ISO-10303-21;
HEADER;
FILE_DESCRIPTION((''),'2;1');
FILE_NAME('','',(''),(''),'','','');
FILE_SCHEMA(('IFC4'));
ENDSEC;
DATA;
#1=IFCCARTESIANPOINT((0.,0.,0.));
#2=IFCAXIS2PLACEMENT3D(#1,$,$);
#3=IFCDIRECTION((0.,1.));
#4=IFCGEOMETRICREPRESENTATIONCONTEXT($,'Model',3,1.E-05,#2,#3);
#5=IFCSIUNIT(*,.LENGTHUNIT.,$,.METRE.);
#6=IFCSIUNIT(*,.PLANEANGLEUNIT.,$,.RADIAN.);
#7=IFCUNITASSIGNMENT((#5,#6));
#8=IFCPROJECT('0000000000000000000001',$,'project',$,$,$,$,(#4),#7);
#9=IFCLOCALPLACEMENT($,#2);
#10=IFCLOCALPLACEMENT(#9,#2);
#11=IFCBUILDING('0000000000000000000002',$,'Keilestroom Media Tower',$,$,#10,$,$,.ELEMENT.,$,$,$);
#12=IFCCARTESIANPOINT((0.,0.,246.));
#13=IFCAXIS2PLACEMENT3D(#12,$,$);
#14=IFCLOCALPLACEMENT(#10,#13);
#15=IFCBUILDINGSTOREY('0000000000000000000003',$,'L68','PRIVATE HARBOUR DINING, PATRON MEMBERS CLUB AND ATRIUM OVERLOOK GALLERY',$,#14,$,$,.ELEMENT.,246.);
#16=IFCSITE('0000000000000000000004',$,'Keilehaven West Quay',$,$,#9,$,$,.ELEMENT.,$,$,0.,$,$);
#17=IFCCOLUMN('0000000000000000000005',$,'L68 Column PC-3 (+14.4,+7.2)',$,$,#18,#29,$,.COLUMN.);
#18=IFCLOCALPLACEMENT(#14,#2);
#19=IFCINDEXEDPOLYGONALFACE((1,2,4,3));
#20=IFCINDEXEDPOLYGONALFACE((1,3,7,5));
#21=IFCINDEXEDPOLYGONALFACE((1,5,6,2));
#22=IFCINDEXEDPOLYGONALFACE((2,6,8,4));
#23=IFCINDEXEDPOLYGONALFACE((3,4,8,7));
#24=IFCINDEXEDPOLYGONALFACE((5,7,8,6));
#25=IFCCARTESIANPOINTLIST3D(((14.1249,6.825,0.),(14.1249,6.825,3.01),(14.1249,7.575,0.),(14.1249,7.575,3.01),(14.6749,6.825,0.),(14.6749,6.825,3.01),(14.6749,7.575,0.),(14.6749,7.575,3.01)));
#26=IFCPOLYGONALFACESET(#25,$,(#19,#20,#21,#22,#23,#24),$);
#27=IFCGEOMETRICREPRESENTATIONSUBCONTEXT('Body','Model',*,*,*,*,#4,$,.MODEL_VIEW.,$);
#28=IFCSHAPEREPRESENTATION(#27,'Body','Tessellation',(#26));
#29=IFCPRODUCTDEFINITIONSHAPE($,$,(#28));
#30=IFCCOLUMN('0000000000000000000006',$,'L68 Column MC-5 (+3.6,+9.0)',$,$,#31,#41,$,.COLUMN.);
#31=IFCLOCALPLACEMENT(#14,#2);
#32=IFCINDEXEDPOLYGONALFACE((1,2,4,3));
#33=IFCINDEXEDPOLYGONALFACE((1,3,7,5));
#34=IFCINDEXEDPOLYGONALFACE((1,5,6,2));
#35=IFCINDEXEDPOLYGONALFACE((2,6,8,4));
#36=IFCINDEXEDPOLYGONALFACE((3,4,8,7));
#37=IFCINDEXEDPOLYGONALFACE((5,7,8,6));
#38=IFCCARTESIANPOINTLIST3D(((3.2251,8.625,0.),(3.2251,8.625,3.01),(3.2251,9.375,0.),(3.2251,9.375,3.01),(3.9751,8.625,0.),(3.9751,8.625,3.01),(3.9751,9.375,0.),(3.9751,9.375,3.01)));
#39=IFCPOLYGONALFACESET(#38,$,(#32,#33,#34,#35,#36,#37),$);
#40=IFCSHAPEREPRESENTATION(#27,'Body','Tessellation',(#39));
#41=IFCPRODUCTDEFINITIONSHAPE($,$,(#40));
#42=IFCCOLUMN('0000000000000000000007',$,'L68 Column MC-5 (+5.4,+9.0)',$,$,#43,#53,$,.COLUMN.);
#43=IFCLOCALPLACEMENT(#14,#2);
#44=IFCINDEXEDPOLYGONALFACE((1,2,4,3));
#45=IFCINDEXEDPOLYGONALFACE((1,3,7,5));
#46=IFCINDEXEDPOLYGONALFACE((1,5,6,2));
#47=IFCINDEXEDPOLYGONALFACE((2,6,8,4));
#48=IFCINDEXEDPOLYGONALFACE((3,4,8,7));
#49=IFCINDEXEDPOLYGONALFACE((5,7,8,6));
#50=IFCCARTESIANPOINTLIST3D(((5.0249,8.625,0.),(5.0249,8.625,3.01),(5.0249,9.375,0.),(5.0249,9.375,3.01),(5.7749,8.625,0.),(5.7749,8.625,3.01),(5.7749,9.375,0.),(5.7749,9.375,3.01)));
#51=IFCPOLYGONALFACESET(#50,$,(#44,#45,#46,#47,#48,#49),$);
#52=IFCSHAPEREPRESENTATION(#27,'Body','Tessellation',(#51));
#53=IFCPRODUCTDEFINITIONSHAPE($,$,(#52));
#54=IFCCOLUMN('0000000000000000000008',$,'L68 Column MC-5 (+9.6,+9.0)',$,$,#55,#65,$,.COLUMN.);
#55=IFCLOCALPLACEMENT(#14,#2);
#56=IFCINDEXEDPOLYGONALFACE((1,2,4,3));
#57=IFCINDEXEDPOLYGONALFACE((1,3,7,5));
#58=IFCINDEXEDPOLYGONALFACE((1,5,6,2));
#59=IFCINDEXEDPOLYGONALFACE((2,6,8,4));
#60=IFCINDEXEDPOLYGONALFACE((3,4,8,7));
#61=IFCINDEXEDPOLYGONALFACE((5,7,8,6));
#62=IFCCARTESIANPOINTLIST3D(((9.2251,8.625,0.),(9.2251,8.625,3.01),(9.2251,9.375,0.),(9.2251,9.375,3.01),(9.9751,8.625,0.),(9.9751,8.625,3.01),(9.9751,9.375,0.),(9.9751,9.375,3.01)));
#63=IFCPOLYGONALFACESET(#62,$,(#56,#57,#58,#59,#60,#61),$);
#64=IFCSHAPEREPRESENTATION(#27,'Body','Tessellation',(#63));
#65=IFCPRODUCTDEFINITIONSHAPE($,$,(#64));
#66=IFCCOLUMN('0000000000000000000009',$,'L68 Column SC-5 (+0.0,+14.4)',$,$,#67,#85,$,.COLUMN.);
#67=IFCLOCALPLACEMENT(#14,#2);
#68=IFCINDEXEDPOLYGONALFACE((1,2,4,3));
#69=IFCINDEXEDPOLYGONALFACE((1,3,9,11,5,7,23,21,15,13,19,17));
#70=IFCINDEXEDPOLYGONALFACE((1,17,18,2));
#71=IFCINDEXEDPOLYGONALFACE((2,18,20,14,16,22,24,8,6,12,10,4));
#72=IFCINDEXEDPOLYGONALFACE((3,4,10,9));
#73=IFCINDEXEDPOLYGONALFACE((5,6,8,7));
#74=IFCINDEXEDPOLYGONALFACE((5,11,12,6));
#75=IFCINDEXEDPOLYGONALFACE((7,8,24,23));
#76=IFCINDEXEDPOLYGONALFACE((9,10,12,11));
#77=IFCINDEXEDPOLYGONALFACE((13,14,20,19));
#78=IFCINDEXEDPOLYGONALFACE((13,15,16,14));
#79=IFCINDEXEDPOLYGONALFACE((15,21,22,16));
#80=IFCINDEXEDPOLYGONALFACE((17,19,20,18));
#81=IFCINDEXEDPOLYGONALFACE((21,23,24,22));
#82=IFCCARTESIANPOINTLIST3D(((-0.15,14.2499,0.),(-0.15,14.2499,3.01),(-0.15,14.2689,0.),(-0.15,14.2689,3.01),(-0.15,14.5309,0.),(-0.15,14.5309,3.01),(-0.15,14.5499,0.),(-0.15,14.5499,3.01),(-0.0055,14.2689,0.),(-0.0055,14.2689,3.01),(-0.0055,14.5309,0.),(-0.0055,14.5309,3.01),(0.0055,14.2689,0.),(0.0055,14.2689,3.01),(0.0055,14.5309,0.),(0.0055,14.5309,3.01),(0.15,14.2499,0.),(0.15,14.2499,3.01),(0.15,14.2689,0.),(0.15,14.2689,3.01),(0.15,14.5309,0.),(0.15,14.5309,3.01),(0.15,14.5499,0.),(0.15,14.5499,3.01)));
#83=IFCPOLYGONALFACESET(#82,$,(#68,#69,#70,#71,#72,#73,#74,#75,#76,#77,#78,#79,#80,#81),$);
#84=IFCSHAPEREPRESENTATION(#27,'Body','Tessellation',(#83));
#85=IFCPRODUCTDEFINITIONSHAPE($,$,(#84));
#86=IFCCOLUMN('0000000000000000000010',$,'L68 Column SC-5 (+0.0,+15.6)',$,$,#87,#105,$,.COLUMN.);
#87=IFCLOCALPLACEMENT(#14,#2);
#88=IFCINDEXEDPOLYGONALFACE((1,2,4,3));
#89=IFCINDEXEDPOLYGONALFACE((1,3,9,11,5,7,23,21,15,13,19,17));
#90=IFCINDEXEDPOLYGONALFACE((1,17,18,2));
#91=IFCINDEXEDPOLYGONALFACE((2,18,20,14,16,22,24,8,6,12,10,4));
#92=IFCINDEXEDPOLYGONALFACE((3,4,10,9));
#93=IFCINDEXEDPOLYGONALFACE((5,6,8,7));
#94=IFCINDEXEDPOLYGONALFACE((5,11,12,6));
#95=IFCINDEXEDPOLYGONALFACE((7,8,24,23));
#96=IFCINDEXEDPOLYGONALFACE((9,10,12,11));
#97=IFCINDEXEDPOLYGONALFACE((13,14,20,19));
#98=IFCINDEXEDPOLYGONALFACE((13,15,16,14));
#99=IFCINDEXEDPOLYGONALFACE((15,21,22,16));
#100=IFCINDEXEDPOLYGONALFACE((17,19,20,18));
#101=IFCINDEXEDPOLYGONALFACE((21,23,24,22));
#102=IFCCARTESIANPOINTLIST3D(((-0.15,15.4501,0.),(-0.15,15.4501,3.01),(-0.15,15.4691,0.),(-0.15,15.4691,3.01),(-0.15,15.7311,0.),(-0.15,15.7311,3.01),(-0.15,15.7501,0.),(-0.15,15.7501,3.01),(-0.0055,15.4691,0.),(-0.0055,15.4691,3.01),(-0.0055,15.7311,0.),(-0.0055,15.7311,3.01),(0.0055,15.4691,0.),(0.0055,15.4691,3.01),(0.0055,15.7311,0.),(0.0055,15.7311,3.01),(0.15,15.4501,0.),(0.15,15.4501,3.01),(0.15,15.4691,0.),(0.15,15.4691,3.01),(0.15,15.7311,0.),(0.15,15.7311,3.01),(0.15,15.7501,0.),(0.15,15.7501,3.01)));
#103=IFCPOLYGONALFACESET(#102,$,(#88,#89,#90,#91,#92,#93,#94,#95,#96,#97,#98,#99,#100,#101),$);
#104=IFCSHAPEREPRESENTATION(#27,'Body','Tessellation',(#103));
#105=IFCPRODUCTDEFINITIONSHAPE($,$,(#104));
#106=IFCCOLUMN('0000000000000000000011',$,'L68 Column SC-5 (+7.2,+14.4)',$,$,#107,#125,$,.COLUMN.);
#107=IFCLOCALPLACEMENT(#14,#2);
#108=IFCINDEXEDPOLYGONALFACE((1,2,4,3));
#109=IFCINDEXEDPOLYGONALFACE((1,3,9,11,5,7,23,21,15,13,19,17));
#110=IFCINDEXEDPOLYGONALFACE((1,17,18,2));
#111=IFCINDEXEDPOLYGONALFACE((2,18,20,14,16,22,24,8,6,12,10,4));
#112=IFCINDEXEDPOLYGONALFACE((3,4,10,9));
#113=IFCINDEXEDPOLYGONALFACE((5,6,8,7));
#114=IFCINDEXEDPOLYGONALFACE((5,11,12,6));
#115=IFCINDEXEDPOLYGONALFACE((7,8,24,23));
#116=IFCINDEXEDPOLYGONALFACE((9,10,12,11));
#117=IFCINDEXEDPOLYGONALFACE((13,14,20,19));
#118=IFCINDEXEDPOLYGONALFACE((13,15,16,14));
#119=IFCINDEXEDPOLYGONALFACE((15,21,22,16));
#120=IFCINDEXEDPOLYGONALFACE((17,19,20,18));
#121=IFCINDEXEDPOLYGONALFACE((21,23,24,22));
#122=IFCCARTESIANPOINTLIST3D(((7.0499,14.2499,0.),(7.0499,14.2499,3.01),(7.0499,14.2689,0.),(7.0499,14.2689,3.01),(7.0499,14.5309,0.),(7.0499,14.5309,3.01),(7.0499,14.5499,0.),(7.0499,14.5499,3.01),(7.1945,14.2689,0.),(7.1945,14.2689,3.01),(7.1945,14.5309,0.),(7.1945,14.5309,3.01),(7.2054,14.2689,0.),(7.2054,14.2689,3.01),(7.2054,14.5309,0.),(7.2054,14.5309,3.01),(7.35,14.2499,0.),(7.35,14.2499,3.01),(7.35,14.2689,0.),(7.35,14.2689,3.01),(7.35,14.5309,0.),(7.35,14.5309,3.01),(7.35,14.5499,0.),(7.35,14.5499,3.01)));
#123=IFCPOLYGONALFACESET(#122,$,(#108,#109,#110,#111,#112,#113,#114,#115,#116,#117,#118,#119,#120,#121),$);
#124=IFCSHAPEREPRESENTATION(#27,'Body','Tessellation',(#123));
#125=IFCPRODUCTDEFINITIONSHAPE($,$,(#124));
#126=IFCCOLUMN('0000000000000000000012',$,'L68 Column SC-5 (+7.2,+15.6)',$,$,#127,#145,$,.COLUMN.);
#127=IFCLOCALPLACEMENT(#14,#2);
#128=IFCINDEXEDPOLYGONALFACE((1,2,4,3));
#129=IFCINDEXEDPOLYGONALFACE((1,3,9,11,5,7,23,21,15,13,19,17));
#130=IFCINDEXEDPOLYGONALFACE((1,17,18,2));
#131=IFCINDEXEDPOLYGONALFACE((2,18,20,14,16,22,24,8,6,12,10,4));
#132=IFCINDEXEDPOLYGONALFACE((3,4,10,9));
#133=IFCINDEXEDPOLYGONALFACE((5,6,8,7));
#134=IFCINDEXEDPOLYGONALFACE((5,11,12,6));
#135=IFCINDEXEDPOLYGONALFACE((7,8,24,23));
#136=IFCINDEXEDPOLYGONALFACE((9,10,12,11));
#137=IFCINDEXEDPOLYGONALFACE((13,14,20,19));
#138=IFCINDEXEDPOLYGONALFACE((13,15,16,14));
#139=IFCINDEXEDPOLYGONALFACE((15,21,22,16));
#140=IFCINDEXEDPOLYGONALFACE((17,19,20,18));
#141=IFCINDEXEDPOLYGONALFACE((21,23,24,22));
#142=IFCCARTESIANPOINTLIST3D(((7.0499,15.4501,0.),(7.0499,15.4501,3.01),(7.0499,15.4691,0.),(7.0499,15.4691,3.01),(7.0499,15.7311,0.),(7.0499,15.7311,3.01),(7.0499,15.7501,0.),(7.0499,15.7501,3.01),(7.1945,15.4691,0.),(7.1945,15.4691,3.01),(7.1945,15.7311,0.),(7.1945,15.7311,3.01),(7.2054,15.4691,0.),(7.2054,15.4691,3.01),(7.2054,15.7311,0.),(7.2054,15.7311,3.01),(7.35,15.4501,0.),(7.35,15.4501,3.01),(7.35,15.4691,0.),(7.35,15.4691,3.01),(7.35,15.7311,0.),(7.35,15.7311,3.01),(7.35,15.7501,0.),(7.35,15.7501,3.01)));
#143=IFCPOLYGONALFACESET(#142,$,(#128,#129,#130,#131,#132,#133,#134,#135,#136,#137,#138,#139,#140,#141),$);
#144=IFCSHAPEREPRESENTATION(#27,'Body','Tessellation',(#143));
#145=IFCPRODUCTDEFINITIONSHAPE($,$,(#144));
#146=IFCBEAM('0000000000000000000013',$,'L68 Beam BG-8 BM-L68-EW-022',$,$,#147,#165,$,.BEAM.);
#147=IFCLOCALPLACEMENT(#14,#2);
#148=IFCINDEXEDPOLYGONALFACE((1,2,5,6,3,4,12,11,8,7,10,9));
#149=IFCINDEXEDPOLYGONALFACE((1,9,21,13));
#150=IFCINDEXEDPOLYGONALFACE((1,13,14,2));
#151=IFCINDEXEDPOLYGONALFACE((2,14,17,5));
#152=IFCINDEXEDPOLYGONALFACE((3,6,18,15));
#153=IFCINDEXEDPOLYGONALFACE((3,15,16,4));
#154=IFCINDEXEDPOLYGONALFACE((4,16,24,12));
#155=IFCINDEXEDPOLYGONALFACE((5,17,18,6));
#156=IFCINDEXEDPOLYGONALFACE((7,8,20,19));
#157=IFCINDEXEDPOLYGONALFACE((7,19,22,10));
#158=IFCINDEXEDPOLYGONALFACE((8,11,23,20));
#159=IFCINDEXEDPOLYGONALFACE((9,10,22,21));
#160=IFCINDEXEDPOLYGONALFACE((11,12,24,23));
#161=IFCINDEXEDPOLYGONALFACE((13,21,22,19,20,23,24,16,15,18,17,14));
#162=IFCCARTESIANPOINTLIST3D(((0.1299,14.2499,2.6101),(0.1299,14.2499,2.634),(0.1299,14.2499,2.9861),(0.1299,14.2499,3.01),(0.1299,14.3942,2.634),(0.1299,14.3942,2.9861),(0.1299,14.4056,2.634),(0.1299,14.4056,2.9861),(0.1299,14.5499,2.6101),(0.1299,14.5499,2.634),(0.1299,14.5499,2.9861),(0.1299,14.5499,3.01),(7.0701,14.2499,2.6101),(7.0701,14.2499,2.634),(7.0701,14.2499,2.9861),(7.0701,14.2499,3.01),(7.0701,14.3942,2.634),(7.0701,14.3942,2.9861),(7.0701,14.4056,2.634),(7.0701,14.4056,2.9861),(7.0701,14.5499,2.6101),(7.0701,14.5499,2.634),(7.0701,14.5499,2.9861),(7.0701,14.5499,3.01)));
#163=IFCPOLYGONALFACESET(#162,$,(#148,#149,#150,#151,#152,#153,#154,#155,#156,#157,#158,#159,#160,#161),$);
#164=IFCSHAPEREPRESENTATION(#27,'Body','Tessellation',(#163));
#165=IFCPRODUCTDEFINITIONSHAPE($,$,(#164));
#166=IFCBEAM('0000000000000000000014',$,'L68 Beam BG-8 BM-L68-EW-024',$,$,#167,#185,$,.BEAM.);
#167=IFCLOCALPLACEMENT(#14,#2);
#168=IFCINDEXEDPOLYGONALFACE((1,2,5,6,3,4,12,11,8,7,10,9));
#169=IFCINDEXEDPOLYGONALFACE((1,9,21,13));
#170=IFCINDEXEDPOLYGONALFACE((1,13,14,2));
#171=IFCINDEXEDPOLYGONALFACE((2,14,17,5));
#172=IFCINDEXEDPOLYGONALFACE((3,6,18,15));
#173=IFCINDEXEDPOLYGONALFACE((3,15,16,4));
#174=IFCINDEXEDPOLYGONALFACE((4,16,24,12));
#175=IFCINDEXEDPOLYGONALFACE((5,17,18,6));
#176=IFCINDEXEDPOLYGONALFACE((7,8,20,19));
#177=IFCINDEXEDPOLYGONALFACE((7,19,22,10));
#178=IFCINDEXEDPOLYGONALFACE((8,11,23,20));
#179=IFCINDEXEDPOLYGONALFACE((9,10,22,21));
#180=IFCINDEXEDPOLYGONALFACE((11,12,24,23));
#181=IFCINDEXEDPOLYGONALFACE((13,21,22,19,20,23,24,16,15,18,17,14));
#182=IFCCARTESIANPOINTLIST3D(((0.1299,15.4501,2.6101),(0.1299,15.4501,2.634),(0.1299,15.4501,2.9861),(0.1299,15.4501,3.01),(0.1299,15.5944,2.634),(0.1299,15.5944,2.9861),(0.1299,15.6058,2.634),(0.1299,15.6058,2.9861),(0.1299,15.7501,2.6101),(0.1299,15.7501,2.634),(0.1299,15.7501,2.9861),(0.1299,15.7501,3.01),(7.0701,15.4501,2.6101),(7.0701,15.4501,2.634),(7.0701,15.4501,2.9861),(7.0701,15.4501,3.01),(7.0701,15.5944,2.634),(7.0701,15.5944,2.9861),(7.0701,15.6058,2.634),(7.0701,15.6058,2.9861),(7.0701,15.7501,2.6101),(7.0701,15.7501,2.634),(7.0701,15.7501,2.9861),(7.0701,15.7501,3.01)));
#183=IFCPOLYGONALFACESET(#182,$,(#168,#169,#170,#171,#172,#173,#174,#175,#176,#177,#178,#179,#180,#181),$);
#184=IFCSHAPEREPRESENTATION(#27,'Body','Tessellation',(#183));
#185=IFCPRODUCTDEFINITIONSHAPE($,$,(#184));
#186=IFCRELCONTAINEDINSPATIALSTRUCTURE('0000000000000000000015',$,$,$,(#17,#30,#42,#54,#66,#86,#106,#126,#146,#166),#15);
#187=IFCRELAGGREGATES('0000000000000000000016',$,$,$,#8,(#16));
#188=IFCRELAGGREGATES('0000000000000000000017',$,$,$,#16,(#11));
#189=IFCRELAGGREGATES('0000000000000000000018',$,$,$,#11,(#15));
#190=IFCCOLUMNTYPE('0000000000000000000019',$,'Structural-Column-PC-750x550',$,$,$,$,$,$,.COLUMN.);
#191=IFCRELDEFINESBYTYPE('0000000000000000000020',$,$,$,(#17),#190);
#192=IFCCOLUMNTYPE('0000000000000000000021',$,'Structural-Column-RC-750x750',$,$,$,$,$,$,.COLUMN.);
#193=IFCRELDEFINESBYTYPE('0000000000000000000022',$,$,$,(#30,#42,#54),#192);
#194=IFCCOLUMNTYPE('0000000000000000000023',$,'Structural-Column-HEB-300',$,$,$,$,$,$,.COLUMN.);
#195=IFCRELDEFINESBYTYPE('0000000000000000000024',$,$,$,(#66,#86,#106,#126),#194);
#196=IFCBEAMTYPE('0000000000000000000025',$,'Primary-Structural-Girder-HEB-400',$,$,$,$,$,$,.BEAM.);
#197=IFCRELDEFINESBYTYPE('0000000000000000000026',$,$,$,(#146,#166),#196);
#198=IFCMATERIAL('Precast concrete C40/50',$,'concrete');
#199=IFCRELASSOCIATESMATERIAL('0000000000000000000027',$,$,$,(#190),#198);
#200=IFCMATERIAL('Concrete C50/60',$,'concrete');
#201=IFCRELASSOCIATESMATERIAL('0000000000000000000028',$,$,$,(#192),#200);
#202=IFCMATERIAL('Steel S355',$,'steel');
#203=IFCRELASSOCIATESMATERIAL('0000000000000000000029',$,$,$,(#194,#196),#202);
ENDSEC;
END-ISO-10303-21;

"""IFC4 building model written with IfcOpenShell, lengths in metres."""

from ifc_helpers import new_model, si_unit, direction, frame, origin, origin_2d, place, context, subcontext, project, spatial, rectangle, i_section, extrude, source, transform, mapped, material, material_profile, profile_set, type_object, element, save


model = new_model("IFC4")

# Units and contexts
model_context = context("Model", 3, precision=1e-05, world=origin(), true_north=direction((0.0, 1.0)))
body_context = subcontext(model_context, "Body", "Model", "MODEL_VIEW")
ifc_project = project(units=[si_unit("LENGTHUNIT", "METRE"), si_unit("PLANEANGLEUNIT", "RADIAN")], contexts=[model_context])

# Site, building, storey
site_placement = place(None, origin())
site = spatial("IfcSite", under=ifc_project, at=site_placement, Name="Keilehaven West Quay", CompositionType="ELEMENT", RefElevation=0.0)
building_placement = place(site_placement, origin())
building = spatial("IfcBuilding", under=site, at=building_placement, Name="Keilestroom Media Tower", CompositionType="ELEMENT")
storey_placement = place(building_placement, frame((0.0, 0.0, 246.0)))
storey = spatial("IfcBuildingStorey", under=building, at=storey_placement, Name="L68", Description="PRIVATE HARBOUR DINING, PATRON MEMBERS CLUB AND ATRIUM OVERLOOK GALLERY", CompositionType="ELEMENT", Elevation=246.0)

# Columns
ifc_material_1 = material(Name="Precast concrete C40/50", Category="concrete")
ifc_material_profile_1 = material_profile(ifc_material_1, rectangle(XDim=0.55, YDim=0.75, at=origin_2d()), Name="PC 750x550")
ifc_profile_set_1 = profile_set([ifc_material_profile_1], Name="Precast concrete C40/50")
column_type_1 = type_object("IfcColumnType", Name="Structural-Column-PC-750x550", PredefinedType="COLUMN", material=ifc_profile_set_1)
shared_shape_1 = source(origin(), body_context, "Body", "SweptSolid", [
    extrude(rectangle(XDim=0.55, YDim=0.75, at=origin_2d()), origin(), (0.0, 0.0, 1.0), 3.01),
])
column_placement = place(storey_placement, frame((14.3999, 7.2, 0.0), z_axis=(0.0, 0.0, 1.0), x_axis=(1.0, 0.0, 0.0)))
element("IfcColumn", 1, at=column_placement, inside=storey, type_object=column_type_1, Name="L68 Column PC-3 (+14.4,+7.2)", PredefinedType="COLUMN", context=body_context, shape_type="MappedRepresentation", body=[
    mapped(shared_shape_1, transform((0.0, 0.0, 0.0), x_axis=(1.0, 0.0, 0.0), y_axis=(0.0, 1.0, 0.0), z_axis=(0.0, 0.0, 1.0), scale=1.0)),
])
ifc_material_2 = material(Name="Concrete C50/60", Category="concrete")
ifc_material_profile_2 = material_profile(ifc_material_2, rectangle(XDim=0.75, YDim=0.75, at=origin_2d()), Name="RC 750x750")
ifc_profile_set_2 = profile_set([ifc_material_profile_2], Name="Concrete C50/60")
column_type_2 = type_object("IfcColumnType", Name="Structural-Column-RC-750x750", PredefinedType="COLUMN", material=ifc_profile_set_2)
shared_shape_2 = source(origin(), body_context, "Body", "SweptSolid", [
    extrude(rectangle(XDim=0.75, YDim=0.75, at=origin_2d()), origin(), (0.0, 0.0, 1.0), 3.01),
])
for number, where, z_axis, x_axis, name in (
    (2, (3.6001, 9.0, 0.0), (0.0, 0.0, 1.0), (1.0, 0.0, 0.0), "L68 Column MC-5 (+3.6,+9.0)"),
    (3, (5.3999, 9.0, 0.0), (0.0, 0.0, 1.0), (1.0, 0.0, 0.0), "L68 Column MC-5 (+5.4,+9.0)"),
    (4, (9.6001, 9.0, 0.0), (0.0, 0.0, 1.0), (1.0, 0.0, 0.0), "L68 Column MC-5 (+9.6,+9.0)"),
):
    element("IfcColumn", number, at=place(storey_placement, frame(where, z_axis=z_axis, x_axis=x_axis)), inside=storey, type_object=column_type_2, Name=name, PredefinedType="COLUMN", context=body_context, shape_type="MappedRepresentation", body=[
        mapped(shared_shape_2, transform((0.0, 0.0, 0.0), x_axis=(1.0, 0.0, 0.0), y_axis=(0.0, 1.0, 0.0), z_axis=(0.0, 0.0, 1.0), scale=1.0)),
    ])
ifc_material_3 = material(Name="Steel S355", Category="steel")
ifc_material_profile_3 = material_profile(ifc_material_3, i_section(OverallWidth=0.3, OverallDepth=0.3, WebThickness=0.011, FlangeThickness=0.019, at=origin_2d()), Name="HEB 300")
ifc_profile_set_3 = profile_set([ifc_material_profile_3], Name="Steel S355")
column_type_3 = type_object("IfcColumnType", Name="Structural-Column-HEB-300", PredefinedType="COLUMN", material=ifc_profile_set_3)
shared_shape_3 = source(origin(), body_context, "Body", "SweptSolid", [
    extrude(i_section(OverallWidth=0.3, OverallDepth=0.3, WebThickness=0.011, FlangeThickness=0.019, at=origin_2d()), origin(), (0.0, 0.0, 1.0), 3.01),
])
for number, where, z_axis, x_axis, name in (
    (5, (0.0, 14.3999, 0.0), (0.0, 0.0, 1.0), (1.0, 0.0, 0.0), "L68 Column SC-5 (+0.0,+14.4)"),
    (6, (0.0, 15.6001, 0.0), (0.0, 0.0, 1.0), (1.0, 0.0, 0.0), "L68 Column SC-5 (+0.0,+15.6)"),
    (7, (7.2, 14.3999, 0.0), (0.0, 0.0, 1.0), (1.0, 0.0, 0.0), "L68 Column SC-5 (+7.2,+14.4)"),
    (8, (7.2, 15.6001, 0.0), (0.0, 0.0, 1.0), (1.0, 0.0, 0.0), "L68 Column SC-5 (+7.2,+15.6)"),
):
    element("IfcColumn", number, at=place(storey_placement, frame(where, z_axis=z_axis, x_axis=x_axis)), inside=storey, type_object=column_type_3, Name=name, PredefinedType="COLUMN", context=body_context, shape_type="MappedRepresentation", body=[
        mapped(shared_shape_3, transform((0.0, 0.0, 0.0), x_axis=(1.0, 0.0, 0.0), y_axis=(0.0, 1.0, 0.0), z_axis=(0.0, 0.0, 1.0), scale=1.0)),
    ])

# Beams
ifc_material_profile_4 = material_profile(ifc_material_3, i_section(OverallWidth=0.3, OverallDepth=0.3999, WebThickness=0.0115, FlangeThickness=0.0239, at=origin_2d()), Name="HEB 400")
ifc_profile_set_4 = profile_set([ifc_material_profile_4], Name="Steel S355")
beam_type = type_object("IfcBeamType", Name="Primary-Structural-Girder-HEB-400", PredefinedType="BEAM", material=ifc_profile_set_4)
shared_shape_4 = source(origin(), body_context, "Body", "SweptSolid", [
    extrude(i_section(OverallWidth=0.3, OverallDepth=0.3999, WebThickness=0.0115, FlangeThickness=0.0239, at=origin_2d()), origin(), (0.0, 0.0, 1.0), 6.9402),
])
for number, where, z_axis, x_axis, name in (
    (9, (0.1299, 14.3999, 2.8101), (1.0, 0.0, 0.0), (0.0, 1.0, 0.0), "L68 Beam BG-8 BM-L68-EW-022"),
    (10, (0.1299, 15.6001, 2.8101), (1.0, 0.0, 0.0), (0.0, 1.0, 0.0), "L68 Beam BG-8 BM-L68-EW-024"),
):
    element("IfcBeam", number, at=place(storey_placement, frame(where, z_axis=z_axis, x_axis=x_axis)), inside=storey, type_object=beam_type, Name=name, PredefinedType="BEAM", context=body_context, shape_type="MappedRepresentation", body=[
        mapped(shared_shape_4, transform((0.0, 0.0, 0.0), x_axis=(1.0, 0.0, 0.0), y_axis=(0.0, 1.0, 0.0), z_axis=(0.0, 0.0, 1.0), scale=1.0)),
    ])

save(model, "model.ifc")
